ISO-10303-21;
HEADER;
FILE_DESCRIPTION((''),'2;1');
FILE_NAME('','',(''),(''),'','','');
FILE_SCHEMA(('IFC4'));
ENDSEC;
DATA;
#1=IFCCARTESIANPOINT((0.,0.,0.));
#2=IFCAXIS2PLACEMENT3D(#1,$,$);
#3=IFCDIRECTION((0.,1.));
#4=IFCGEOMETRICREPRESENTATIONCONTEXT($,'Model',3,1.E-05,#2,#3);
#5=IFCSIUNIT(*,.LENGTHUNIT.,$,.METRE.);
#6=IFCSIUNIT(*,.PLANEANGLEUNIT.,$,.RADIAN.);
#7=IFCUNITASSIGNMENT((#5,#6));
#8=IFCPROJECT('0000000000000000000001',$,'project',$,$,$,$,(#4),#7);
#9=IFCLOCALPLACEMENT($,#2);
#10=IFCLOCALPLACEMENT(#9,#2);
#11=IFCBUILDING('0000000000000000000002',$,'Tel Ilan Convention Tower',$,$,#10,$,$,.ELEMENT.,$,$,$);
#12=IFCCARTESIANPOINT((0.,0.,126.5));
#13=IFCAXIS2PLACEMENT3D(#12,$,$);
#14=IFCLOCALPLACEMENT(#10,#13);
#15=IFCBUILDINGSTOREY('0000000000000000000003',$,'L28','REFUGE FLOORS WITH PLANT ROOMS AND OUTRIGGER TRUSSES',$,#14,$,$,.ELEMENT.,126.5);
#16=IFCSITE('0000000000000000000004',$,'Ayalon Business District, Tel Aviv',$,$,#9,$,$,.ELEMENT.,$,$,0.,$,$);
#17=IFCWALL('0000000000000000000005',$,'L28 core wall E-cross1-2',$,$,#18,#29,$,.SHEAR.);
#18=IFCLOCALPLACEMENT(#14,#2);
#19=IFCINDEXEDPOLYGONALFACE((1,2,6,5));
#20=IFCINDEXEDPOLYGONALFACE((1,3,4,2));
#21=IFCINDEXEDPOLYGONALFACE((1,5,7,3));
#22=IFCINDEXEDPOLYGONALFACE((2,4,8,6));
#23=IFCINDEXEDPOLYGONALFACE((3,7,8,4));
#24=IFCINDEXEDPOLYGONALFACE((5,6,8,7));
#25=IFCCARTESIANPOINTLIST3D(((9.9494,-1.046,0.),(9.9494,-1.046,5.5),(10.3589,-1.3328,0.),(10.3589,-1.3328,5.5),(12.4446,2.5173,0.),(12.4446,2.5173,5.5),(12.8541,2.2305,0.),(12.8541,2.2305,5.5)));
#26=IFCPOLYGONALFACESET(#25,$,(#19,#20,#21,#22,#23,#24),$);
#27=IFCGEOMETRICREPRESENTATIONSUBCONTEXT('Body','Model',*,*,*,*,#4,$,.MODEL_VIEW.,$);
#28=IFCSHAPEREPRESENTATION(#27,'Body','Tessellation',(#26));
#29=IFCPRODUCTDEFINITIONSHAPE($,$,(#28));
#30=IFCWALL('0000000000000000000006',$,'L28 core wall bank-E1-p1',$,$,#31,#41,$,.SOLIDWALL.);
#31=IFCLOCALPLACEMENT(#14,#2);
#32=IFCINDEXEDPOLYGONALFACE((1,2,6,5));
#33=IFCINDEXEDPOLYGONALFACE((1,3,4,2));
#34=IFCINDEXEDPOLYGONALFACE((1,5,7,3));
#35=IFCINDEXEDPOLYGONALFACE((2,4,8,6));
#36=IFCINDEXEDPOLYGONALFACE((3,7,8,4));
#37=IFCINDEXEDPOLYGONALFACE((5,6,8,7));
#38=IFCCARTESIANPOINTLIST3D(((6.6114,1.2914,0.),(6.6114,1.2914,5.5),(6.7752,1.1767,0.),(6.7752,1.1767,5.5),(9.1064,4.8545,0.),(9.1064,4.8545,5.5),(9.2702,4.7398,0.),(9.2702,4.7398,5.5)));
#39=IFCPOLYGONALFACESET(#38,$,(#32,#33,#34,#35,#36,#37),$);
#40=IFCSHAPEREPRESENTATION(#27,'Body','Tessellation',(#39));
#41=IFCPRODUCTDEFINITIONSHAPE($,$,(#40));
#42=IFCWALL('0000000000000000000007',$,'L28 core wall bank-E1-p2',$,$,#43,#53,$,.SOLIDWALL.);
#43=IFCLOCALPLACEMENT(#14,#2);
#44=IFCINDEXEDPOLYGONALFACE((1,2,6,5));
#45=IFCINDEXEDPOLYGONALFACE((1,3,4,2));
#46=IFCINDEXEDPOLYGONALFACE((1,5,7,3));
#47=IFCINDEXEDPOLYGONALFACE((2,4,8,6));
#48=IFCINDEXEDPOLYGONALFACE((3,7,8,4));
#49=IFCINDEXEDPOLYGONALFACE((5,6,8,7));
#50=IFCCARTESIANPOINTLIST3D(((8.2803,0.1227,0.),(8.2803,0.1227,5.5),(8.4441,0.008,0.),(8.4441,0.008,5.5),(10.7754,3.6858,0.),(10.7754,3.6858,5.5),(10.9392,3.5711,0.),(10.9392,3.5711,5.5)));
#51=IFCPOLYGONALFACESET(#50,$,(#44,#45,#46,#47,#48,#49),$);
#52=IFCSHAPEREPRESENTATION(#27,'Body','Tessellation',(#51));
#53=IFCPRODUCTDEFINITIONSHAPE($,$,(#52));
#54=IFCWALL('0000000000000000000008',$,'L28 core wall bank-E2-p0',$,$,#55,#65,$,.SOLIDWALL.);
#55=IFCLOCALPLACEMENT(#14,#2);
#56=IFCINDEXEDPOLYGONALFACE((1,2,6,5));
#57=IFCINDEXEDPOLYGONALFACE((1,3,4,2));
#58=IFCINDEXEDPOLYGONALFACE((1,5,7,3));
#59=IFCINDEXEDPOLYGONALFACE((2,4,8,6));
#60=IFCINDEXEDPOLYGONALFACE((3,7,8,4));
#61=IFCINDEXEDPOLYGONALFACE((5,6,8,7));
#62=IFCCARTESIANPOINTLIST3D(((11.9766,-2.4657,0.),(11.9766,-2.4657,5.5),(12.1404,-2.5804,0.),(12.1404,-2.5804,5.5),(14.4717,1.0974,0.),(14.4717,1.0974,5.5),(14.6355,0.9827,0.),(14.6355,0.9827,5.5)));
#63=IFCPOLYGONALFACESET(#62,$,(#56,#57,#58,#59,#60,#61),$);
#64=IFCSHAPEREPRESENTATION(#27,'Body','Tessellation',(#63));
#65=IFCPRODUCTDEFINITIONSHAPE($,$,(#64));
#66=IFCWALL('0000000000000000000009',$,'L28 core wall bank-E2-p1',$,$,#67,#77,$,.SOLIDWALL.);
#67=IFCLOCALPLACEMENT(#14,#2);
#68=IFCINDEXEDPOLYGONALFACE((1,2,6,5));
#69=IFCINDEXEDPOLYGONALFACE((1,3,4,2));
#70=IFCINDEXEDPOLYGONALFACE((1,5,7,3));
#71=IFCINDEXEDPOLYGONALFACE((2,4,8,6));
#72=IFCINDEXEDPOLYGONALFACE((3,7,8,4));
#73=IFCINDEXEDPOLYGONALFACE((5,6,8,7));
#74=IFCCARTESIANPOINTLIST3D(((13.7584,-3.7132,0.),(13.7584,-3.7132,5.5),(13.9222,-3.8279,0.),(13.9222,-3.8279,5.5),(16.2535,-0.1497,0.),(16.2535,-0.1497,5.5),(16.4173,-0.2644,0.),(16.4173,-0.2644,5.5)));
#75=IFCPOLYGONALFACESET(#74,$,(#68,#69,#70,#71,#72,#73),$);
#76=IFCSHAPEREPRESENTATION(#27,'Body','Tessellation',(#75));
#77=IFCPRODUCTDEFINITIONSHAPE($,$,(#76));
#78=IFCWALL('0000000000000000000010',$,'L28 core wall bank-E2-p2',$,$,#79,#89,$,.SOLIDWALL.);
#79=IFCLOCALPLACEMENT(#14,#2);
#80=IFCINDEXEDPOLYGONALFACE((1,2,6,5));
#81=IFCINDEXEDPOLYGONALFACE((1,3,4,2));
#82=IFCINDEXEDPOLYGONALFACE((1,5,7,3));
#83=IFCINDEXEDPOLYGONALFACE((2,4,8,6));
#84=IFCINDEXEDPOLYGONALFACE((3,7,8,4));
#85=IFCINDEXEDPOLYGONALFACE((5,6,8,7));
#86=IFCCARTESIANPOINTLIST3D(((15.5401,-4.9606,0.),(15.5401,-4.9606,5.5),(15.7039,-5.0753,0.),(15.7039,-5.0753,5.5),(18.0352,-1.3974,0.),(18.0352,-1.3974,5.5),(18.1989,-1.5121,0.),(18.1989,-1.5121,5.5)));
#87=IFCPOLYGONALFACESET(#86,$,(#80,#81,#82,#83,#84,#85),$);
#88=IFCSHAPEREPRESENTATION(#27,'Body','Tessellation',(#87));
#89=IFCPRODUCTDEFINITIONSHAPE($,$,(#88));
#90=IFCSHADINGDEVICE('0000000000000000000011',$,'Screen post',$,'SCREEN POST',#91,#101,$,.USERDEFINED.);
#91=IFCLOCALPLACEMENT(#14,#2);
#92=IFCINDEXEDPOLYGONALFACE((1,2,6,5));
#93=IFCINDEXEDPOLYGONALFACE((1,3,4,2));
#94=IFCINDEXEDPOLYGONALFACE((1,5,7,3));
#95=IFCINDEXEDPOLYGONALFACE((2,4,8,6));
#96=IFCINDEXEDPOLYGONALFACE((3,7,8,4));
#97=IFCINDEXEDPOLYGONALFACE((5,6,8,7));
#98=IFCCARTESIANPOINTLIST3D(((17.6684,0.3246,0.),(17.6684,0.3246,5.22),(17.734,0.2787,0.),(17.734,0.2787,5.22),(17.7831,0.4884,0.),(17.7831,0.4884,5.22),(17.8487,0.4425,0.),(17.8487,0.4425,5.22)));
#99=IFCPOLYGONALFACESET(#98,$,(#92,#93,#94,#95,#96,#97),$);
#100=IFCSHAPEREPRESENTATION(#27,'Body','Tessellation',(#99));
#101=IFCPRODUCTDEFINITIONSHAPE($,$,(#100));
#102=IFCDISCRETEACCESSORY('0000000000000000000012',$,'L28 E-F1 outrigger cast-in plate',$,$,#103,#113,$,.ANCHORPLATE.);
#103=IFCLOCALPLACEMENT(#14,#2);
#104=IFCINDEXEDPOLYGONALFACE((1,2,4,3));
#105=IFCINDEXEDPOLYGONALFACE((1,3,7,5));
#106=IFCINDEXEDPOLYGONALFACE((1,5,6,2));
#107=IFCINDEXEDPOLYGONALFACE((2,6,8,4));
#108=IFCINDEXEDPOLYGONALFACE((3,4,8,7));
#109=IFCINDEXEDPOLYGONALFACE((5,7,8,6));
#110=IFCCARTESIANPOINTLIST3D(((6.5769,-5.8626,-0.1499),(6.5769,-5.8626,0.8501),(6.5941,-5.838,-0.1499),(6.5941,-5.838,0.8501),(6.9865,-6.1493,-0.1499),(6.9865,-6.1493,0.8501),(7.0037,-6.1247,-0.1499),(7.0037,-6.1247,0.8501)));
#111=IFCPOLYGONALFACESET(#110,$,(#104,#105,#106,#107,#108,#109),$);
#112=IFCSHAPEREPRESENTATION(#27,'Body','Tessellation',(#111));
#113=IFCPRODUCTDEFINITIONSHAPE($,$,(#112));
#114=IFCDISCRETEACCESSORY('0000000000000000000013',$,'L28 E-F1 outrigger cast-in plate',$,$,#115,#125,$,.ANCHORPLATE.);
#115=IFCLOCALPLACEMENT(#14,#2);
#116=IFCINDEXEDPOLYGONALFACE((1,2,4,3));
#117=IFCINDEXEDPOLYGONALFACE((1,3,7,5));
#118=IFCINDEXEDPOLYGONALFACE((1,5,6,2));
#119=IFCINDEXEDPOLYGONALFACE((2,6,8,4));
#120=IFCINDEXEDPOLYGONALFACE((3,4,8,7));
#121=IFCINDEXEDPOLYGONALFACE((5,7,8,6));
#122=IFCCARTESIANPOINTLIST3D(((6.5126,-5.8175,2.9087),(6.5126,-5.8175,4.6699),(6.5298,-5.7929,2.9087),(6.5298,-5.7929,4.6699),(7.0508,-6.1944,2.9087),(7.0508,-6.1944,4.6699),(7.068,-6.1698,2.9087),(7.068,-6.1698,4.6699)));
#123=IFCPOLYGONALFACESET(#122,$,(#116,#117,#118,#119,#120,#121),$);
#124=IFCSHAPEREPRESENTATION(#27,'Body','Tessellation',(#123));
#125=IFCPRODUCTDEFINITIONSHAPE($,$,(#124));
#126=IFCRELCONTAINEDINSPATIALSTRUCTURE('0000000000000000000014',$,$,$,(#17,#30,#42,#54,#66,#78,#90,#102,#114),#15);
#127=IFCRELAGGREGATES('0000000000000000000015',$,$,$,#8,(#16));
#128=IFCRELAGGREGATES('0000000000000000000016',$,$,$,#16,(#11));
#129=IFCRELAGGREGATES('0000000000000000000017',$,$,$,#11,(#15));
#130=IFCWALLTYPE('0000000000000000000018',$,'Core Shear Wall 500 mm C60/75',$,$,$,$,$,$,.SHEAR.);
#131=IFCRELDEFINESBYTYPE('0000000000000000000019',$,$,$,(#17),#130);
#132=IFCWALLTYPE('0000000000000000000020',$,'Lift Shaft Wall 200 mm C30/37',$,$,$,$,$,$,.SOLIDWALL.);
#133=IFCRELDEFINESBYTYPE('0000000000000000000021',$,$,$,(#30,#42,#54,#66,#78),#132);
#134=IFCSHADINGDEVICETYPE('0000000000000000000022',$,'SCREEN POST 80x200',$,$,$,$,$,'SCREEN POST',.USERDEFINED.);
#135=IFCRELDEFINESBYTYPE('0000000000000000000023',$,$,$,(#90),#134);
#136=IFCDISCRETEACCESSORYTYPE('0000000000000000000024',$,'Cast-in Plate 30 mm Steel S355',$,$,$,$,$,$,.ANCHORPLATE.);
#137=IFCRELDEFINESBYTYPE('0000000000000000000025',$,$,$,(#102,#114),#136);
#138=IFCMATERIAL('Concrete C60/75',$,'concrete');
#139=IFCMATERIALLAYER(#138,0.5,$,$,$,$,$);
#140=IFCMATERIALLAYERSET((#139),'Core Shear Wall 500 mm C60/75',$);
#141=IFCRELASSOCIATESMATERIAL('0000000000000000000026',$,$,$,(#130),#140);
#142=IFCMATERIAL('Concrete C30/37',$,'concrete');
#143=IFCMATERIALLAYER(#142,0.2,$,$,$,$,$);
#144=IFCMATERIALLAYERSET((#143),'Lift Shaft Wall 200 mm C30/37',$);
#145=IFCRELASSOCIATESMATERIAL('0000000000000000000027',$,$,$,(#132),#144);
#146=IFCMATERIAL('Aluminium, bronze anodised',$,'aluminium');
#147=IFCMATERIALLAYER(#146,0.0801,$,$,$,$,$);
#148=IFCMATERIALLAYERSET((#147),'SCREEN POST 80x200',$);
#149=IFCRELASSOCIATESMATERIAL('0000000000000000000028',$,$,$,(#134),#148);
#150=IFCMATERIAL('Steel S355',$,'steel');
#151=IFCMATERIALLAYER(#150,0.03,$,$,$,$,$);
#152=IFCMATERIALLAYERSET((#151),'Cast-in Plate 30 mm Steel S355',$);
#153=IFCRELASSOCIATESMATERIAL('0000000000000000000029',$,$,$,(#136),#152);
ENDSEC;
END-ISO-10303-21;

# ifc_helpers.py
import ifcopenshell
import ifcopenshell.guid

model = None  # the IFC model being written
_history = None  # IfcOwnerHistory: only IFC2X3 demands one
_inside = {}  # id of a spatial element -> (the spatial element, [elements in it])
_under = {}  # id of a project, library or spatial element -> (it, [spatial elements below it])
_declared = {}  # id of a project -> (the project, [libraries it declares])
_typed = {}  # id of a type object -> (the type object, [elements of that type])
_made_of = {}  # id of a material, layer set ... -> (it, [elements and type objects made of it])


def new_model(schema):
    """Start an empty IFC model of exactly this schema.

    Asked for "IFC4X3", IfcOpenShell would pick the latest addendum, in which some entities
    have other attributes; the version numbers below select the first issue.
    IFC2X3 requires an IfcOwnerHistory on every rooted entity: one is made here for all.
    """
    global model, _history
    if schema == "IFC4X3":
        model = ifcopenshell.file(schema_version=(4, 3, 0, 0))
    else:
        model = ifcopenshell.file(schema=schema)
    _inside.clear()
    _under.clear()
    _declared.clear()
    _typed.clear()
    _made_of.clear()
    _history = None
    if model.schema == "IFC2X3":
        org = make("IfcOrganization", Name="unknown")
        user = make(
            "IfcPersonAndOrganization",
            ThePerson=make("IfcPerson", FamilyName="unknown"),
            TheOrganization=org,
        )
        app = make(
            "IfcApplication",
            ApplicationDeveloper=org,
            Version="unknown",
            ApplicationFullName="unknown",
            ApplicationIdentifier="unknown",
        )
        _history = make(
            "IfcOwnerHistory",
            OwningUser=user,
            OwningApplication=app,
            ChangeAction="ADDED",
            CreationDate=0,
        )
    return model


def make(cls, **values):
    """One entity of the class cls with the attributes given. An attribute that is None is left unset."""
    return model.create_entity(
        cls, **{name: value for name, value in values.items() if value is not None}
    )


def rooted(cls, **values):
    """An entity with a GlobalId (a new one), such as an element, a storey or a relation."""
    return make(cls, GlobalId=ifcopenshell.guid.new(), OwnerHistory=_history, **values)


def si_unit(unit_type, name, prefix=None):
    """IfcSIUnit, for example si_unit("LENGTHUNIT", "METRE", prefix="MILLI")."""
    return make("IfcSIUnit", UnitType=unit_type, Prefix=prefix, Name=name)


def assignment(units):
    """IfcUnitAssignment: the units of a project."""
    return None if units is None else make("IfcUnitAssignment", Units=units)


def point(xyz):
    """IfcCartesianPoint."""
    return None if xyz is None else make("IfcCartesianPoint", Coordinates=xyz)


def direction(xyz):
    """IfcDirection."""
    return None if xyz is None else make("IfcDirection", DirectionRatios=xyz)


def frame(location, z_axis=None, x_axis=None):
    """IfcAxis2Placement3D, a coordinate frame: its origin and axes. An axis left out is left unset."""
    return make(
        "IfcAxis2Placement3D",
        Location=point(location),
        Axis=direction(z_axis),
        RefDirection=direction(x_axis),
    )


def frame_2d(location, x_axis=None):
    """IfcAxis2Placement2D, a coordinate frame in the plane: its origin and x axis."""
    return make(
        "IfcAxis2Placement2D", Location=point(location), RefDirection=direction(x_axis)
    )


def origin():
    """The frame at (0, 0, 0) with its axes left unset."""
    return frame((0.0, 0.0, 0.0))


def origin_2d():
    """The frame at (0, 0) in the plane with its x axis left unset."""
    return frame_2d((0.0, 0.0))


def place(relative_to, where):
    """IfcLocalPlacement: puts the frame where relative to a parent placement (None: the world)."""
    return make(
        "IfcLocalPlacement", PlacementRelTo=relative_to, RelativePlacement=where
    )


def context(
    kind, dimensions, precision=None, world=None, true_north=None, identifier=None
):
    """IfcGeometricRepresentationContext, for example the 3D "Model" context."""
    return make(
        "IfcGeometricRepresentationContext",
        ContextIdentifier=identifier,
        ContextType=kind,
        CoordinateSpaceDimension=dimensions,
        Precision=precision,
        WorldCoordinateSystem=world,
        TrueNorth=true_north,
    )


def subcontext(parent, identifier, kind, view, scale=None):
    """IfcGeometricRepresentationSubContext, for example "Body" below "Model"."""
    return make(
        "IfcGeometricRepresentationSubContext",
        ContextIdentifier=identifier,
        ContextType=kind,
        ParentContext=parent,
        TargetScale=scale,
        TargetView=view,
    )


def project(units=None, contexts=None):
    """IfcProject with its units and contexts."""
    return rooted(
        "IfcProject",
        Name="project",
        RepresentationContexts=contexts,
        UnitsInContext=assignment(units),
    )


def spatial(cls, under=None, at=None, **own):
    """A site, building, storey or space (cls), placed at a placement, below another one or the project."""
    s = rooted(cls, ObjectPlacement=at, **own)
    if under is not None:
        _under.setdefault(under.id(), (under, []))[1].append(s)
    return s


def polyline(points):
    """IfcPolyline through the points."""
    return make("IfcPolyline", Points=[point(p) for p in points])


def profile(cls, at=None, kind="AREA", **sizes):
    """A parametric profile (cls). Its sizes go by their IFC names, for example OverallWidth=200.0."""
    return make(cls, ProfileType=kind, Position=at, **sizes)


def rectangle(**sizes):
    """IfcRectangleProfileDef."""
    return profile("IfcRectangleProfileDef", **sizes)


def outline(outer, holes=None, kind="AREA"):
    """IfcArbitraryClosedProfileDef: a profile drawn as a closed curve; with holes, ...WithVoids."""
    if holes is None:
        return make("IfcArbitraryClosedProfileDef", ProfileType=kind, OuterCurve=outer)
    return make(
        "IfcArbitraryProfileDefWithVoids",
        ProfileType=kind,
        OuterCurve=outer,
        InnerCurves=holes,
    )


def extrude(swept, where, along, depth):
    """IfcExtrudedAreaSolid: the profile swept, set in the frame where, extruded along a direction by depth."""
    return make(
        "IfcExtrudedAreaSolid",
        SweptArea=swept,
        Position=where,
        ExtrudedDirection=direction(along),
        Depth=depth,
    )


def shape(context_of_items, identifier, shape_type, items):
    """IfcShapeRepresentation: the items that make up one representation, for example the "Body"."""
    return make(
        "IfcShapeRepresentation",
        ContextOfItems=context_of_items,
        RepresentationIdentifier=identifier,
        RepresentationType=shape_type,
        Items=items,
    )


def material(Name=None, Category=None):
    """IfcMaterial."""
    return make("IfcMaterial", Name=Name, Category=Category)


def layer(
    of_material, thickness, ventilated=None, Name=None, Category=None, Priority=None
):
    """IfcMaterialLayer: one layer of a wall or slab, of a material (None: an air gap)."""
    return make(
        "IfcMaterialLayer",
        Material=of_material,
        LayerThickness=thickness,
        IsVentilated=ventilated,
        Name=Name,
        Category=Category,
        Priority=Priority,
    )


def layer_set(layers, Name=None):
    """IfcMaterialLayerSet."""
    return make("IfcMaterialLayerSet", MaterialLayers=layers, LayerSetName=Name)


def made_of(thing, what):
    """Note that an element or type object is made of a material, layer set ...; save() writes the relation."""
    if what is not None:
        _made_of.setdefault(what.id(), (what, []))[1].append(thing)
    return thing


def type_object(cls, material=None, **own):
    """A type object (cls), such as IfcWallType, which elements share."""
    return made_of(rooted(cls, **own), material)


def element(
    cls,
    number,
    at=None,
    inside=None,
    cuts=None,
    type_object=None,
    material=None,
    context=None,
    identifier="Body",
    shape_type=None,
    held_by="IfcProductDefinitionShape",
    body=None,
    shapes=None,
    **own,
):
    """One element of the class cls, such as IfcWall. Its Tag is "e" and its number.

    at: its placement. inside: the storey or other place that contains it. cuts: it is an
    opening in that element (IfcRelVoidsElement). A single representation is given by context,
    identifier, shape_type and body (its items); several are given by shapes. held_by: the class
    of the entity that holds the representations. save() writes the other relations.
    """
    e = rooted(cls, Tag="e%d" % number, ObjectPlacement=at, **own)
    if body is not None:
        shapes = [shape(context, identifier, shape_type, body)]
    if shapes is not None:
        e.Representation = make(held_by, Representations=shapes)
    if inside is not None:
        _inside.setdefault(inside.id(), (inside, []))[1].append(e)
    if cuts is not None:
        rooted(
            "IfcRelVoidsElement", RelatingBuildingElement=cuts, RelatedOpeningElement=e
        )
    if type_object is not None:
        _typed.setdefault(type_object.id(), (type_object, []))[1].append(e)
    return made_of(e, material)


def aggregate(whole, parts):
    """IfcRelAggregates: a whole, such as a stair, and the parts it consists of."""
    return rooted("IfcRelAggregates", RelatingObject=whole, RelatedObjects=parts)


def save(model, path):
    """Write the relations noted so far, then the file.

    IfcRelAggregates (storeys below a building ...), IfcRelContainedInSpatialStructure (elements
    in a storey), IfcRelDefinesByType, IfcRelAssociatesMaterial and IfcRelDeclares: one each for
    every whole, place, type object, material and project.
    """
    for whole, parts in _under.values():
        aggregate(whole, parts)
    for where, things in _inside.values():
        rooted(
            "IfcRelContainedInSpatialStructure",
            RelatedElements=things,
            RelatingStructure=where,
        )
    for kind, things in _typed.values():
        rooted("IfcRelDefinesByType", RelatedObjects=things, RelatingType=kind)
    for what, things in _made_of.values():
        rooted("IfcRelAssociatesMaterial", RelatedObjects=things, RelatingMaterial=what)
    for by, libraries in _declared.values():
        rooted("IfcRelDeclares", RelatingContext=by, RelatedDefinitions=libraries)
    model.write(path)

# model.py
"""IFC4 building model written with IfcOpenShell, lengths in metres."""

from ifc_helpers import new_model, si_unit, direction, frame, frame_2d, origin, origin_2d, place, context, subcontext, project, spatial, polyline, rectangle, outline, extrude, material, layer, layer_set, type_object, element, save


model = new_model("IFC4")

# Units and contexts
model_context = context("Model", 3, precision=1e-05, world=origin(), true_north=direction((0.0, 1.0)))
body_context = subcontext(model_context, "Body", "Model", "MODEL_VIEW")
ifc_project = project(units=[si_unit("LENGTHUNIT", "METRE"), si_unit("PLANEANGLEUNIT", "RADIAN")], contexts=[model_context])

# Site, building, storey
site_placement = place(None, origin())
site = spatial("IfcSite", under=ifc_project, at=site_placement, Name="Ayalon Business District, Tel Aviv", CompositionType="ELEMENT", RefElevation=0.0)
building_placement = place(site_placement, origin())
building = spatial("IfcBuilding", under=site, at=building_placement, Name="Tel Ilan Convention Tower", CompositionType="ELEMENT")
storey_placement = place(building_placement, frame((0.0, 0.0, 126.5)))
storey = spatial("IfcBuildingStorey", under=building, at=storey_placement, Name="L28", Description="REFUGE FLOORS WITH PLANT ROOMS AND OUTRIGGER TRUSSES", CompositionType="ELEMENT", Elevation=126.5)

# Walls
ifc_material_1 = material(Name="Concrete C60/75", Category="concrete")
ifc_layer_1 = layer(ifc_material_1, 0.5)
ifc_layer_set_1 = layer_set([ifc_layer_1], Name="Core Shear Wall 500 mm C60/75")
wall_type_1 = type_object("IfcWallType", Name="Core Shear Wall 500 mm C60/75", PredefinedType="SHEAR", material=ifc_layer_set_1)
wall_1_placement = place(storey_placement, frame((10.1543, -1.1892, 0.0), z_axis=(0.0, 0.0, 1.0), x_axis=(0.573594, 0.81914, 0.0)))
element("IfcWall", 1, at=wall_1_placement, inside=storey, type_object=wall_type_1, Name="L28 core wall E-cross1-2", PredefinedType="SHEAR", context=body_context, shape_type="SweptSolid", body=[
    extrude(outline(polyline([(4.3499, -0.25), (4.3499, 0.25), (-0.0002, 0.25), (-0.0002, -0.25), (4.3499, -0.25)])), origin(), (0.0, 0.0, 1.0), 5.5),
])
ifc_material_2 = material(Name="Concrete C30/37", Category="concrete")
ifc_layer_2 = layer(ifc_material_2, 0.2)
ifc_layer_set_2 = layer_set([ifc_layer_2], Name="Lift Shaft Wall 200 mm C30/37")
wall_type_2 = type_object("IfcWallType", Name="Lift Shaft Wall 200 mm C30/37", PredefinedType="SOLIDWALL", material=ifc_layer_set_2)
for number, where, z_axis, x_axis, name in (
    (2, (6.6934, 1.2341, 0.0), (0.0, 0.0, 1.0), (0.573594, 0.81914, 0.0), "L28 core wall bank-E1-p1"),
    (3, (8.3623, 0.0654, 0.0), (0.0, 0.0, 1.0), (0.573594, 0.81914, 0.0), "L28 core wall bank-E1-p2"),
    (4, (12.0586, -2.5229, 0.0), (0.0, 0.0, 1.0), (0.573594, 0.81914, 0.0), "L28 core wall bank-E2-p0"),
):
    element("IfcWall", number, at=place(storey_placement, frame(where, z_axis=z_axis, x_axis=x_axis)), inside=storey, type_object=wall_type_2, Name=name, PredefinedType="SOLIDWALL", context=body_context, shape_type="SweptSolid", body=[
        extrude(rectangle(XDim=4.3499, YDim=0.2, at=frame_2d((2.1748, 0.0))), origin(), (0.0, 0.0, 1.0), 5.5),
    ])
wall_2_placement = place(storey_placement, frame((13.8403, -3.7705, 0.0), z_axis=(0.0, 0.0, 1.0), x_axis=(0.573568, 0.819158, 0.0)))
element("IfcWall", 5, at=wall_2_placement, inside=storey, type_object=wall_type_2, Name="L28 core wall bank-E2-p1", PredefinedType="SOLIDWALL", context=body_context, shape_type="SweptSolid", body=[
    extrude(rectangle(XDim=4.3501, YDim=0.2, at=frame_2d((2.175, 0.0))), origin(), (0.0, 0.0, 1.0), 5.5),
])
wall_3_placement = place(storey_placement, frame((15.6221, -5.0178, 0.0), z_axis=(0.0, 0.0, 1.0), x_axis=(0.573594, 0.81914, 0.0)))
element("IfcWall", 6, at=wall_3_placement, inside=storey, type_object=wall_type_2, Name="L28 core wall bank-E2-p2", PredefinedType="SOLIDWALL", context=body_context, shape_type="SweptSolid", body=[
    extrude(rectangle(XDim=4.3499, YDim=0.2, at=frame_2d((2.1748, 0.0))), origin(), (0.0, 0.0, 1.0), 5.5),
])

# Shading device
ifc_material_3 = material(Name="Aluminium, bronze anodised", Category="aluminium")
ifc_layer_3 = layer(ifc_material_3, 0.0801)
ifc_layer_set_3 = layer_set([ifc_layer_3], Name="SCREEN POST 80x200")
shading_device_type = type_object("IfcShadingDeviceType", Name="SCREEN POST 80x200", ElementType="SCREEN POST", PredefinedType="USERDEFINED", material=ifc_layer_set_3)
shading_device_placement = place(storey_placement, frame((17.7585, 0.3835, 0.0), z_axis=(0.0, 0.0, 1.0), x_axis=(-0.819152, 0.573576, 0.0)))
element("IfcShadingDevice", 7, at=shading_device_placement, inside=storey, type_object=shading_device_type, Name="Screen post", ObjectType="SCREEN POST", PredefinedType="USERDEFINED", context=body_context, shape_type="SweptSolid", body=[
    extrude(rectangle(XDim=0.0801, YDim=0.2, at=origin_2d()), origin(), (0.0, 0.0, 1.0), 5.22),
])

# Discrete accessories
ifc_material_4 = material(Name="Steel S355", Category="steel")
ifc_layer_4 = layer(ifc_material_4, 0.03)
ifc_layer_set_4 = layer_set([ifc_layer_4], Name="Cast-in Plate 30 mm Steel S355")
discrete_accessory_type = type_object("IfcDiscreteAccessoryType", Name="Cast-in Plate 30 mm Steel S355", PredefinedType="ANCHORPLATE", material=ifc_layer_set_4)
discrete_accessory_1_placement = place(storey_placement, frame((6.7903, -5.9937, -0.1499), z_axis=(0.0, 0.0, 1.0), x_axis=(0.573576, 0.819152, 0.0)))
element("IfcDiscreteAccessory", 8, at=discrete_accessory_1_placement, inside=storey, type_object=discrete_accessory_type, Name="L28 E-F1 outrigger cast-in plate", PredefinedType="ANCHORPLATE", context=body_context, shape_type="SweptSolid", body=[
    extrude(rectangle(XDim=0.03, YDim=0.5, at=origin_2d()), origin(), (0.0, 0.0, 1.0), 1.0),
])
discrete_accessory_2_placement = place(storey_placement, frame((6.7903, -5.9937, 2.9087), z_axis=(0.0, 0.0, 1.0), x_axis=(0.573576, 0.819152, 0.0)))
element("IfcDiscreteAccessory", 9, at=discrete_accessory_2_placement, inside=storey, type_object=discrete_accessory_type, Name="L28 E-F1 outrigger cast-in plate", PredefinedType="ANCHORPLATE", context=body_context, shape_type="SweptSolid", body=[
    extrude(rectangle(XDim=0.03, YDim=0.657, at=origin_2d()), origin(), (0.0, 0.0, 1.0), 1.7612),
])

save(model, "model.ifc")
